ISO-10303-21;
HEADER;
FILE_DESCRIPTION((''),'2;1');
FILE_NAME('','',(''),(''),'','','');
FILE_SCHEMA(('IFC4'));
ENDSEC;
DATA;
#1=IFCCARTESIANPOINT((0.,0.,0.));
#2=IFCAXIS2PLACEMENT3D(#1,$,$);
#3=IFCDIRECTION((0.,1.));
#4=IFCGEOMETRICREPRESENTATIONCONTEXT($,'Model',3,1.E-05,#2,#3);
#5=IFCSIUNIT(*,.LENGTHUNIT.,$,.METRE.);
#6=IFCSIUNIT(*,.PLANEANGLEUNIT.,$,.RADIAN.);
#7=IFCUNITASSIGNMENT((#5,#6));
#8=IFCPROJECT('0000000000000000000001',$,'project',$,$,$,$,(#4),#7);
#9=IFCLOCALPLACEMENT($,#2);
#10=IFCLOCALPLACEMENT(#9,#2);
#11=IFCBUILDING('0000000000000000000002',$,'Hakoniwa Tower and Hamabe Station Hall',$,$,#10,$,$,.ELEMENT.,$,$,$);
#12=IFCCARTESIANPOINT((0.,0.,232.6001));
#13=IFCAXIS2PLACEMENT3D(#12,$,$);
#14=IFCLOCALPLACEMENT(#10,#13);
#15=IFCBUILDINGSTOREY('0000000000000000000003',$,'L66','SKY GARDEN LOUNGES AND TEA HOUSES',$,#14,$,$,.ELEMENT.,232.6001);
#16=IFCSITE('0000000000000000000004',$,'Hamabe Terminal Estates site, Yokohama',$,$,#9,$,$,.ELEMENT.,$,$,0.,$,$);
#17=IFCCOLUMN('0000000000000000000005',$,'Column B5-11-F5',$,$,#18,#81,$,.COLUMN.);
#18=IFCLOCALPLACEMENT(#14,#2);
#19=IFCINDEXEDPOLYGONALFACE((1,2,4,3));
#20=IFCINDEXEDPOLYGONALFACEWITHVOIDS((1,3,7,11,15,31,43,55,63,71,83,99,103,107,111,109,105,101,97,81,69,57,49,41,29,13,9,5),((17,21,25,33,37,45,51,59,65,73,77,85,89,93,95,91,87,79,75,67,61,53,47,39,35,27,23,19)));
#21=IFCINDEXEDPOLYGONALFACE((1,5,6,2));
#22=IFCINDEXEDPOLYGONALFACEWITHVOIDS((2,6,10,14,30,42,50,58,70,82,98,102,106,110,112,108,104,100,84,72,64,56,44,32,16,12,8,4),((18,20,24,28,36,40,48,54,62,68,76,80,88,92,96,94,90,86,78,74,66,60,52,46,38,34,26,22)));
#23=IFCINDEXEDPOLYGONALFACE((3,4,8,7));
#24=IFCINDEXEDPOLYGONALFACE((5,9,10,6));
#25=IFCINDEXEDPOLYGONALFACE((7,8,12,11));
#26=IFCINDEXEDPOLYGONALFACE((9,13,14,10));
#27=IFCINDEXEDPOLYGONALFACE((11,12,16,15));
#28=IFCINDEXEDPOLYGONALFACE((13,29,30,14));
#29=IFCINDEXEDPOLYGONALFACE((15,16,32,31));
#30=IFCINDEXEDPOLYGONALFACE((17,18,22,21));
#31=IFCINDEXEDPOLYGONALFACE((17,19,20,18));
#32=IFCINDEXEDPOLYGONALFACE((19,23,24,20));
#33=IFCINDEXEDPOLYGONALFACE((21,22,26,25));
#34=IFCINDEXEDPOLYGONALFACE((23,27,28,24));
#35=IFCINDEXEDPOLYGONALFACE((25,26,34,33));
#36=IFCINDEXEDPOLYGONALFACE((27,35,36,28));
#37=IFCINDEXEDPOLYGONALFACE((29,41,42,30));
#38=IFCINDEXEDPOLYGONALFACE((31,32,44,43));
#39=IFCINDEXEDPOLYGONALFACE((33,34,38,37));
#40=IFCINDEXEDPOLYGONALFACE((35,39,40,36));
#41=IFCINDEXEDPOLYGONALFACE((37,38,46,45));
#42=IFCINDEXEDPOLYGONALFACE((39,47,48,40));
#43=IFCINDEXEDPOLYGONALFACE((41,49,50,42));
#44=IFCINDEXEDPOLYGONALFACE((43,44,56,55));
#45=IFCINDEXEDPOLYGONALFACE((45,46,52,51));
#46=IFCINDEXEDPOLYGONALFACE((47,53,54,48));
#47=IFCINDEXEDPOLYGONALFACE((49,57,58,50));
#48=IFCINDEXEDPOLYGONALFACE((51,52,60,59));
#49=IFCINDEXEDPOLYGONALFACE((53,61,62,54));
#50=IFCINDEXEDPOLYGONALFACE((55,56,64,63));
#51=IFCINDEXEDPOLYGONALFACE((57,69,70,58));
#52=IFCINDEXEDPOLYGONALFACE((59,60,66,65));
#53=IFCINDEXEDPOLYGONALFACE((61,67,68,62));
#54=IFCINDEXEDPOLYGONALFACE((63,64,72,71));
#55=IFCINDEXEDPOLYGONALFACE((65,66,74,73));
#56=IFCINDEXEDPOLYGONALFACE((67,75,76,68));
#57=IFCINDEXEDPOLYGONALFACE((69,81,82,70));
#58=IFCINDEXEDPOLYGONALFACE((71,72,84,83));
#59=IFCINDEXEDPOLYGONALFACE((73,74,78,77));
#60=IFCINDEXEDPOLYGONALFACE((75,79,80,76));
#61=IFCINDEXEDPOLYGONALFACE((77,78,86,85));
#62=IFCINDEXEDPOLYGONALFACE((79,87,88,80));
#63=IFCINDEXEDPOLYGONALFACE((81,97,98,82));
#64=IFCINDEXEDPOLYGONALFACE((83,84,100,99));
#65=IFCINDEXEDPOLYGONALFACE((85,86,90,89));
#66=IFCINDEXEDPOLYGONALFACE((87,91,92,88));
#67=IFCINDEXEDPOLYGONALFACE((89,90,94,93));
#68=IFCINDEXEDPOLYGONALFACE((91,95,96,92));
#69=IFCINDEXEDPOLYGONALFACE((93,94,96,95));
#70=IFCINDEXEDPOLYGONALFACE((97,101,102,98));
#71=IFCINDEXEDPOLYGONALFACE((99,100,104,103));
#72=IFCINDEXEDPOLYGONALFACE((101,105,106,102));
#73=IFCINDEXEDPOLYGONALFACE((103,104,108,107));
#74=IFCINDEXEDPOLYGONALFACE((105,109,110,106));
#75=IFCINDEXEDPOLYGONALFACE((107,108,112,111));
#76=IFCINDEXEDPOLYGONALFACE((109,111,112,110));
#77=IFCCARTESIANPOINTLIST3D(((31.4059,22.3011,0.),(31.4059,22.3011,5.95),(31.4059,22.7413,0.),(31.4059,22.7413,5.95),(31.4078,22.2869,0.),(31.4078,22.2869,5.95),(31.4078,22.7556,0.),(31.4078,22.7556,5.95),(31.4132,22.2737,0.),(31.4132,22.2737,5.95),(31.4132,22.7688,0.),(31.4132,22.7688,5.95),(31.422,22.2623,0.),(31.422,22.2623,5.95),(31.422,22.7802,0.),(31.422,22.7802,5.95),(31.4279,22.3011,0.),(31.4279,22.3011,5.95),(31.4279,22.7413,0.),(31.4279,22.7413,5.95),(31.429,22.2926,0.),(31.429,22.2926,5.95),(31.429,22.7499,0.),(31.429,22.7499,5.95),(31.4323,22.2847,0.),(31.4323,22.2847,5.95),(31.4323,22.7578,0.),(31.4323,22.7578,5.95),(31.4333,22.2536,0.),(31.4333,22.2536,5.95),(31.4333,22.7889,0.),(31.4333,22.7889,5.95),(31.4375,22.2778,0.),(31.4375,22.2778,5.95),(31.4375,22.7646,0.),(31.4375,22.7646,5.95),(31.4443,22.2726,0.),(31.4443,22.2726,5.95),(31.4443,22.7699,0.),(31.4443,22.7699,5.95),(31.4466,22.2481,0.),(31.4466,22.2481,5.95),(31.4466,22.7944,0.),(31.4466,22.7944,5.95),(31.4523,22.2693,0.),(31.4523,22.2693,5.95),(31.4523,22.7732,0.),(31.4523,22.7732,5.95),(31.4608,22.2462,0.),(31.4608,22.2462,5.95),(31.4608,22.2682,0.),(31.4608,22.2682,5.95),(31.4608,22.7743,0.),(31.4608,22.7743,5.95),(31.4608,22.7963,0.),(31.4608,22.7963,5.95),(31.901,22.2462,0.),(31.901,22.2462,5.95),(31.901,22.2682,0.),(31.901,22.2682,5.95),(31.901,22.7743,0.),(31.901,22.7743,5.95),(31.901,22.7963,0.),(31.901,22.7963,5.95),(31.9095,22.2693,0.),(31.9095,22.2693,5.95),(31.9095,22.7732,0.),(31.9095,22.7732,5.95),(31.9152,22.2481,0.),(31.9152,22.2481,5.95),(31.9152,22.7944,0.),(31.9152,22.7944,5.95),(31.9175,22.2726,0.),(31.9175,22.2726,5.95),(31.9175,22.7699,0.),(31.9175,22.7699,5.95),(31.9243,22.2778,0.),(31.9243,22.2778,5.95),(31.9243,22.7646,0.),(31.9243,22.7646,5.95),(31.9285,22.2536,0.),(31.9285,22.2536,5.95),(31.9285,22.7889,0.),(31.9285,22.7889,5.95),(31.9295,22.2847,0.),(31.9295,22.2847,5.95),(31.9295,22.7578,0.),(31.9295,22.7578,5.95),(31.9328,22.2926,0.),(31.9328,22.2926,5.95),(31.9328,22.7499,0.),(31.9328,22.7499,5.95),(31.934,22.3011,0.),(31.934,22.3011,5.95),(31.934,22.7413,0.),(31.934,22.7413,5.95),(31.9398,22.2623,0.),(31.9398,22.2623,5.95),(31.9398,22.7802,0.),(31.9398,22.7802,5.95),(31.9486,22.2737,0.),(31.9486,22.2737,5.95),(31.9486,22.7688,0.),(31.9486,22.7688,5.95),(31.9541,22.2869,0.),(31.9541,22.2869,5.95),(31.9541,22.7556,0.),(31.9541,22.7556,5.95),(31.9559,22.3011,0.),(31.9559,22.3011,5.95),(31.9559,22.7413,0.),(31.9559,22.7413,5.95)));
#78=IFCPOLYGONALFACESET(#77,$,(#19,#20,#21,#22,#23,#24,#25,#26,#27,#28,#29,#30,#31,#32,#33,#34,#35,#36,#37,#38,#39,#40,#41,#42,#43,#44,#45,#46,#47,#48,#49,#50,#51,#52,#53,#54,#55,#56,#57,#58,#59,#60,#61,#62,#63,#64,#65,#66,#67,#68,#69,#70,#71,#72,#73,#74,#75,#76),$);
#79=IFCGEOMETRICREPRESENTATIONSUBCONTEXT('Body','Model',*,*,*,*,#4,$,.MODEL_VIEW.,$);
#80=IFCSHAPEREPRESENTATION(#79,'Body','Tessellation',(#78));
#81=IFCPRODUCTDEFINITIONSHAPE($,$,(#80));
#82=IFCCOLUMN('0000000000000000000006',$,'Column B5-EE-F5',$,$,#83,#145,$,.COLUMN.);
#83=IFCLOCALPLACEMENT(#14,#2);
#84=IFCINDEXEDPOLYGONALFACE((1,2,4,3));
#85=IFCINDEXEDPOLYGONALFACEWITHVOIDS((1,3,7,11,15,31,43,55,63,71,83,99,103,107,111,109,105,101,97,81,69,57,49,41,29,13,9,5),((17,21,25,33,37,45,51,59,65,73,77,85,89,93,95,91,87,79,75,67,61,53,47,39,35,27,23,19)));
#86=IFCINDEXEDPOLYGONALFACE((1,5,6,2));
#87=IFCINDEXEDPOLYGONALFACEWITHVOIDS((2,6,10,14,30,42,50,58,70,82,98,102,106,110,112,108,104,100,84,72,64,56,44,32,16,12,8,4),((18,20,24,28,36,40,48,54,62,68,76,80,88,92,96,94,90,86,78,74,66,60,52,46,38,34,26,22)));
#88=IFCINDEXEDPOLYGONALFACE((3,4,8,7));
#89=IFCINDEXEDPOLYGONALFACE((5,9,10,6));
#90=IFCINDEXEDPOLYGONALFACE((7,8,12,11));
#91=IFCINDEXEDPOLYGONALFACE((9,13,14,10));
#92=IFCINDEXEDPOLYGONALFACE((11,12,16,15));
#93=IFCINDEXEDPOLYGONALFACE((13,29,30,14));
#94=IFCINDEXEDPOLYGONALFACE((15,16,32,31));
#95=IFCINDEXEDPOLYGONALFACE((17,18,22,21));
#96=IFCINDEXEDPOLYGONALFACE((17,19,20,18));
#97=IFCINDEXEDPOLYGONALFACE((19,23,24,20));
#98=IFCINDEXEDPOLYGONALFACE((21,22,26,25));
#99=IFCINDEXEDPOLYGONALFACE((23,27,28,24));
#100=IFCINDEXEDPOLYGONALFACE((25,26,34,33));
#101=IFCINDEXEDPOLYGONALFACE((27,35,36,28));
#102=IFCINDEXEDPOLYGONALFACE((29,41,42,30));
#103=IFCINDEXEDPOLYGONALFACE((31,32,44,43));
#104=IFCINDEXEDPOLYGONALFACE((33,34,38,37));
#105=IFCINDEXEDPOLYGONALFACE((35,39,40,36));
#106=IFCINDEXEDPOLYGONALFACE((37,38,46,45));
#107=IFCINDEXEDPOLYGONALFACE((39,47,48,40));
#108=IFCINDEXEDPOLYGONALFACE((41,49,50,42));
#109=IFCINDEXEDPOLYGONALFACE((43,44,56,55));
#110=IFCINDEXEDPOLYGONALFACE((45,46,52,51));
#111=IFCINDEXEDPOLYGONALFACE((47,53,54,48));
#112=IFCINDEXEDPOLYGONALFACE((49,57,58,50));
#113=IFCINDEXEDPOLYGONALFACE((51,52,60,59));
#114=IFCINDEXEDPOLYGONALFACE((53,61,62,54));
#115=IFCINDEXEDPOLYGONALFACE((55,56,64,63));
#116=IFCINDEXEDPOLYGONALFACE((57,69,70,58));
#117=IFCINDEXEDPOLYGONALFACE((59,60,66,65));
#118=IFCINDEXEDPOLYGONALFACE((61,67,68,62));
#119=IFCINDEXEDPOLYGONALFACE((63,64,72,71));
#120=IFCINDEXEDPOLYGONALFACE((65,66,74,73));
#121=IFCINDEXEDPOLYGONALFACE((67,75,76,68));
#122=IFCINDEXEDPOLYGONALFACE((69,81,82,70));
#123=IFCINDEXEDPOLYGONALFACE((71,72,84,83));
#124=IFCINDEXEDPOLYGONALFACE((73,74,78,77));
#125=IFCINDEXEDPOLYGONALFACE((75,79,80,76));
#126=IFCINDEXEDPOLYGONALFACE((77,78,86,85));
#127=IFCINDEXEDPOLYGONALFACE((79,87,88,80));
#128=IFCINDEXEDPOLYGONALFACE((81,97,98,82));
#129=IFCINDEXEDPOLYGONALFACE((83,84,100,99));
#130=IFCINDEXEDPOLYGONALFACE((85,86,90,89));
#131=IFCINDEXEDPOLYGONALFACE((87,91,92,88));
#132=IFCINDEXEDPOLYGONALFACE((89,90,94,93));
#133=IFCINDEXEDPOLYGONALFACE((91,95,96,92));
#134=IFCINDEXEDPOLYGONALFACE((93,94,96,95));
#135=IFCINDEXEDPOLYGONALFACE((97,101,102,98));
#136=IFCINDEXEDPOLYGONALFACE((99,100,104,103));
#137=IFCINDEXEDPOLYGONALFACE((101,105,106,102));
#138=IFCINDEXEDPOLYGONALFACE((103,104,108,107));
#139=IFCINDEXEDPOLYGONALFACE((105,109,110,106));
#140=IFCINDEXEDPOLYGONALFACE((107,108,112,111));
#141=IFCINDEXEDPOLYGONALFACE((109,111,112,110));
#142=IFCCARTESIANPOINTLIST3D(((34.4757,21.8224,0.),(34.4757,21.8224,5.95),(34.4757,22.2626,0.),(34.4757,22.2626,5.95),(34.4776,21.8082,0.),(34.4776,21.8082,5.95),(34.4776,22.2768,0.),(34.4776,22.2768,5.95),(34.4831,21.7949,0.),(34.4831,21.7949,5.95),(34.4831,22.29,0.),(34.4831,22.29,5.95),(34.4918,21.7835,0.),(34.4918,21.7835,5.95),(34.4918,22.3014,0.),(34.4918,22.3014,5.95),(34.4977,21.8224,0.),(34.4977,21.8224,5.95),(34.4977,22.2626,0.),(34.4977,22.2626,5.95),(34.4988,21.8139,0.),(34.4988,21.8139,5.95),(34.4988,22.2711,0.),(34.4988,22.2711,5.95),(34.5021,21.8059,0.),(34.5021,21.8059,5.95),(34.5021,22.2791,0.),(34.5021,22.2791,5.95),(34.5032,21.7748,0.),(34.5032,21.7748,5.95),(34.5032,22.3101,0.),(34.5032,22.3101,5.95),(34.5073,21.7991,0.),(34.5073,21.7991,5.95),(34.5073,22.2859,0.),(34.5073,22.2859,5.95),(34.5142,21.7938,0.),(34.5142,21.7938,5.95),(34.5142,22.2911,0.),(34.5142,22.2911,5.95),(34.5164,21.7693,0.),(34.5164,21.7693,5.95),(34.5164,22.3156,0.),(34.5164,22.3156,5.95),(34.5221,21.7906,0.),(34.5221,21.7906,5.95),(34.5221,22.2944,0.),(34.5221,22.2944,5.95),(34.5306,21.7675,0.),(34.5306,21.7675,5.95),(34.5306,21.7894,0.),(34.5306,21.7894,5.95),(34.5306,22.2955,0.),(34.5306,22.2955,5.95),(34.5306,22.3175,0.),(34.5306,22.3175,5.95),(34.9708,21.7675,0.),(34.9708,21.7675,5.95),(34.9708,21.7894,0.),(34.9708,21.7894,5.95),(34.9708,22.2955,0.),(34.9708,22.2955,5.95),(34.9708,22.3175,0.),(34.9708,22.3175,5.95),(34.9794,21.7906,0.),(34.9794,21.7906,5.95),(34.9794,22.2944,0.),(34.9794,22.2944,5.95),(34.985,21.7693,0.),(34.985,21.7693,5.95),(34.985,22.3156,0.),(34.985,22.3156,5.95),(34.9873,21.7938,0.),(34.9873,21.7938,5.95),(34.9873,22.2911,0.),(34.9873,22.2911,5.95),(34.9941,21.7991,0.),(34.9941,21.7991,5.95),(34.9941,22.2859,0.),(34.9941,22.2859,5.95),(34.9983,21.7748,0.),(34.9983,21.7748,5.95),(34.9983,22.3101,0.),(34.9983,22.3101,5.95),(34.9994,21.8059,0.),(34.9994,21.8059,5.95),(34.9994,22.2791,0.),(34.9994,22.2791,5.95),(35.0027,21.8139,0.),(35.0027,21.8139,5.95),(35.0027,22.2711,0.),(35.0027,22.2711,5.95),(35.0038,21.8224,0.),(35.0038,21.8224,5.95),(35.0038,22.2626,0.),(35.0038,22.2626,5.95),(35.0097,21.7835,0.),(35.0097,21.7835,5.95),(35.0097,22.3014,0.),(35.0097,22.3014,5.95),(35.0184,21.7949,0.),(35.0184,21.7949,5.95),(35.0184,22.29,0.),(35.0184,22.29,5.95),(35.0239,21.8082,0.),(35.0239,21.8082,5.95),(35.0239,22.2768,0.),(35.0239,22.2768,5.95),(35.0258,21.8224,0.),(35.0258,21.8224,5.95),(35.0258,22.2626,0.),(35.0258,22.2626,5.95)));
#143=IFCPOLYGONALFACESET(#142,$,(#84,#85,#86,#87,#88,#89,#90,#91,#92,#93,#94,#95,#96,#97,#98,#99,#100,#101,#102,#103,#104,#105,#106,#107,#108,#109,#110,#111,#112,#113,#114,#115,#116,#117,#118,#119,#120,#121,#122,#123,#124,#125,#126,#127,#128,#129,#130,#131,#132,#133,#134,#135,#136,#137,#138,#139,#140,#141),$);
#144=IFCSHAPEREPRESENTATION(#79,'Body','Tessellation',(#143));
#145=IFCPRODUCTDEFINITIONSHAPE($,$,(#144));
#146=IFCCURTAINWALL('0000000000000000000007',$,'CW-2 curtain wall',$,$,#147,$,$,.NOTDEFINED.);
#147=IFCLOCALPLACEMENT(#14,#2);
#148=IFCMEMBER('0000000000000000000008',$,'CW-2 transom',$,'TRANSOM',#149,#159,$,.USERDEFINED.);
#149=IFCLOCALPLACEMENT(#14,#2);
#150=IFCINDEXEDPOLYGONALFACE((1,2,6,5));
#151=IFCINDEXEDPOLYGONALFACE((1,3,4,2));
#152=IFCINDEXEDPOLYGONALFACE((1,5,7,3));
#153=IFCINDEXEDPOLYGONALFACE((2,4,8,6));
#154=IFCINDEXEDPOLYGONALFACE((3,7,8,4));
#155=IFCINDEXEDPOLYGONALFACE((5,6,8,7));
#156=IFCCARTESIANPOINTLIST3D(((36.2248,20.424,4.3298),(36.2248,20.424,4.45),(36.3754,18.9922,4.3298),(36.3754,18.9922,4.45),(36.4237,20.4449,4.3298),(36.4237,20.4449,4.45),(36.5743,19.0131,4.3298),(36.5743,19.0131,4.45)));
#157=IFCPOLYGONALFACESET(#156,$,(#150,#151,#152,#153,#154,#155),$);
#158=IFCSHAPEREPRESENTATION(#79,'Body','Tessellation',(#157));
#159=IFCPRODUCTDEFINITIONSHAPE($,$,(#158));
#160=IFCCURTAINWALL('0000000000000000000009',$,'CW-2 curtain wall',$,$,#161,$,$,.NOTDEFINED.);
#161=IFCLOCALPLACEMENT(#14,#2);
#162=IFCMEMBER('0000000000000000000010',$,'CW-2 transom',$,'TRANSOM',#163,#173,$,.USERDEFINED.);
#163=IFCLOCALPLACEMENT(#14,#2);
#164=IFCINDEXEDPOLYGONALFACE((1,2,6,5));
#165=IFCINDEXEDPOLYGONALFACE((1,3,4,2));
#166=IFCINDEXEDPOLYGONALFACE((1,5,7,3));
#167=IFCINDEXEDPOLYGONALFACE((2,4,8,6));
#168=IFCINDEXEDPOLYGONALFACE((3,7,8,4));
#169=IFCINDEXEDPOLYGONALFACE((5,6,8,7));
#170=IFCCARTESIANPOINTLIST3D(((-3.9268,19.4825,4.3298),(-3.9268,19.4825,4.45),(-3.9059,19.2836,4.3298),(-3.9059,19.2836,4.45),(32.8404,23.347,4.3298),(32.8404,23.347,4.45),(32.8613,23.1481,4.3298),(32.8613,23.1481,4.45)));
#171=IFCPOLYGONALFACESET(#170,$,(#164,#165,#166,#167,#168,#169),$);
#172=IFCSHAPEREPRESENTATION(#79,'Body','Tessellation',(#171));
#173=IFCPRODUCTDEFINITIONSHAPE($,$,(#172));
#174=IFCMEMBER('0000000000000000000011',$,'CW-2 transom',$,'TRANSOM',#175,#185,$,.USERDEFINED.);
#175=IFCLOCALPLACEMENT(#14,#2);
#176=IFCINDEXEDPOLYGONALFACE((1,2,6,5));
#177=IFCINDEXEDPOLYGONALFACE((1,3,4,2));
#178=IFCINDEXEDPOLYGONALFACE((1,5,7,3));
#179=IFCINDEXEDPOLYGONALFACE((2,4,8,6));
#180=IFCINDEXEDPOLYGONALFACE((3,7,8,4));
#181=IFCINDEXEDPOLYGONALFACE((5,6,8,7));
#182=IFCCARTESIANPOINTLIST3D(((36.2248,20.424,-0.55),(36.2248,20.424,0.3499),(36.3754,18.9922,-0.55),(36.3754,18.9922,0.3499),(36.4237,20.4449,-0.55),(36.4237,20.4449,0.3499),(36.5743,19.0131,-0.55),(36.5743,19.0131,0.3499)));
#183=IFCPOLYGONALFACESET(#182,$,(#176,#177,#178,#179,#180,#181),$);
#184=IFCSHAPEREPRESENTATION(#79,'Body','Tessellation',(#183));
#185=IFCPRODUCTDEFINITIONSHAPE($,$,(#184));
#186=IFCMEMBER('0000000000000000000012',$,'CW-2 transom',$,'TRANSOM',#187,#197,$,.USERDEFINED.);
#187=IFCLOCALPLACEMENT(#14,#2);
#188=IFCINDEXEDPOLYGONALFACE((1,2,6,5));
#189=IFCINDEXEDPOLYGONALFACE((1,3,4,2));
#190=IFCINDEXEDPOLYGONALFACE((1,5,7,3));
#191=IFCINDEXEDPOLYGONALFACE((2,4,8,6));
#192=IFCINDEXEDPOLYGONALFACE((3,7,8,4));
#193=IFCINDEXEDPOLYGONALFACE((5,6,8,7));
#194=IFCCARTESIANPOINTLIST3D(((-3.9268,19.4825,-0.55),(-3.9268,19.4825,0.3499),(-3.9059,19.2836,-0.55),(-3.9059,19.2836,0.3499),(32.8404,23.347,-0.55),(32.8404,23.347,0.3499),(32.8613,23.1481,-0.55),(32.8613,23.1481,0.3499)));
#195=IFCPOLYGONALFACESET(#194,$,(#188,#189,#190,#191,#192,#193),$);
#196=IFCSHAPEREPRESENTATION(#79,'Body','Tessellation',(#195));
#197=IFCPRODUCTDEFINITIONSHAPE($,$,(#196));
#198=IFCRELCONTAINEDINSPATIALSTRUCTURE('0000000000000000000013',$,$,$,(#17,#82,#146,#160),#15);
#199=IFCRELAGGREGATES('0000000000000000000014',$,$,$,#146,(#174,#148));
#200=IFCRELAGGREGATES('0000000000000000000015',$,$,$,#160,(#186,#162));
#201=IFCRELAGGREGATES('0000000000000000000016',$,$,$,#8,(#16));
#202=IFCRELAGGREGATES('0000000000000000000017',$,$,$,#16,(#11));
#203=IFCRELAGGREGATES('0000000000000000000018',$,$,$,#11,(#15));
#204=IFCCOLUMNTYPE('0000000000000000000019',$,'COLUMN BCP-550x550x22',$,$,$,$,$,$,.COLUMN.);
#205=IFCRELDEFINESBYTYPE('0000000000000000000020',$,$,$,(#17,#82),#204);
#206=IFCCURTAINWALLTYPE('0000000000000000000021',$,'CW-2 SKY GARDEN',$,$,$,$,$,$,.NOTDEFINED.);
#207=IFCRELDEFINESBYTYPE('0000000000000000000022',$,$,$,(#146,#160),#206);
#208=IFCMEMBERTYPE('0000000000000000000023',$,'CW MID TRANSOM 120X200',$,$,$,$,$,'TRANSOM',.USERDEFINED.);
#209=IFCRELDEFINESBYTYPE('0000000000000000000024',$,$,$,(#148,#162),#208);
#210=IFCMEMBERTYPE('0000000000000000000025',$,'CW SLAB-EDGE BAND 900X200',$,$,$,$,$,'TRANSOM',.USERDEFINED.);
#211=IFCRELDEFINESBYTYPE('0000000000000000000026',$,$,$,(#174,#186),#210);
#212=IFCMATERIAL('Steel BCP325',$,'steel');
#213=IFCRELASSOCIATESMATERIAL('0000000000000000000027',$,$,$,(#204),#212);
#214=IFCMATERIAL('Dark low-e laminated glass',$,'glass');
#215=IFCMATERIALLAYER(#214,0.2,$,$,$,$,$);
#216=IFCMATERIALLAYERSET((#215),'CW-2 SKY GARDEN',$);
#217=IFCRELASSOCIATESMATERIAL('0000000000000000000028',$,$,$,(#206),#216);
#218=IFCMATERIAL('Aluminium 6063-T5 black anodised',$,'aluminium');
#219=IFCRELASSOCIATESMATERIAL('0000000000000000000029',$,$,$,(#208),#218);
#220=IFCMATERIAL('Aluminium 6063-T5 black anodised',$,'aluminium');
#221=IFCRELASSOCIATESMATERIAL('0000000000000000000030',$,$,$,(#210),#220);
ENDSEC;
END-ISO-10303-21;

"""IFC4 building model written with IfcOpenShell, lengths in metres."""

from ifc_helpers import new_model, si_unit, direction, frame, origin, origin_2d, place, context, subcontext, project, spatial, rectangle, hollow_rectangle, extrude, material, layer, layer_set, material_profile, profile_set, type_object, element, aggregate, save


model = new_model("IFC4")

# Units and contexts
model_context = context("Model", 3, precision=1e-05, world=origin(), true_north=direction((0.0, 1.0)))
body_context = subcontext(model_context, "Body", "Model", "MODEL_VIEW")
ifc_project = project(units=[si_unit("LENGTHUNIT", "METRE"), si_unit("PLANEANGLEUNIT", "RADIAN")], contexts=[model_context])

# Site, building, storey
site_placement = place(None, origin())
site = spatial("IfcSite", under=ifc_project, at=site_placement, Name="Hamabe Terminal Estates site, Yokohama", CompositionType="ELEMENT", RefElevation=0.0)
building_placement = place(site_placement, origin())
building = spatial("IfcBuilding", under=site, at=building_placement, Name="Hakoniwa Tower and Hamabe Station Hall", CompositionType="ELEMENT")
storey_placement = place(building_placement, frame((0.0, 0.0, 232.6001)))
storey = spatial("IfcBuildingStorey", under=building, at=storey_placement, Name="L66", Description="SKY GARDEN LOUNGES AND TEA HOUSES", CompositionType="ELEMENT", Elevation=232.6001)

# Columns
ifc_material_1 = material(Name="Steel BCP325", Category="steel")
ifc_material_profile_1 = material_profile(ifc_material_1, hollow_rectangle(XDim=0.55, YDim=0.55, WallThickness=0.022, InnerFilletRadius=0.033, OuterFilletRadius=0.0549, at=origin_2d()), Name="BCP-550x550x22")
ifc_profile_set_1 = profile_set([ifc_material_profile_1], Name="Steel BCP325")
column_type = type_object("IfcColumnType", Name="COLUMN BCP-550x550x22", PredefinedType="COLUMN", material=ifc_profile_set_1)
for number, where, z_axis, x_axis, name in (
    (1, (31.6809, 22.5212, 0.0), (0.0, 0.0, 1.0), (1.0, 0.0, 0.0), "Column B5-11-F5"),
    (2, (34.7507, 22.0425, 0.0), (0.0, 0.0, 1.0), (1.0, 0.0, 0.0), "Column B5-EE-F5"),
):
    element("IfcColumn", number, at=place(storey_placement, frame(where, z_axis=z_axis, x_axis=x_axis)), inside=storey, type_object=column_type, Name=name, PredefinedType="COLUMN", context=body_context, shape_type="SweptSolid", body=[
        extrude(hollow_rectangle(XDim=0.55, YDim=0.55, WallThickness=0.022, InnerFilletRadius=0.033, OuterFilletRadius=0.0549, at=origin_2d()), origin(), (0.0, 0.0, 1.0), 5.95),
    ])

# Curtain walls, members
ifc_material_2 = material(Name="Dark low-e laminated glass", Category="glass")
ifc_layer_1 = layer(ifc_material_2, 0.2)
ifc_layer_set_1 = layer_set([ifc_layer_1], Name="CW-2 SKY GARDEN")
curtain_wall_type = type_object("IfcCurtainWallType", Name="CW-2 SKY GARDEN", PredefinedType="NOTDEFINED", material=ifc_layer_set_1)
curtain_wall_1_placement = place(storey_placement, origin())
curtain_wall_1 = element("IfcCurtainWall", 3, at=curtain_wall_1_placement, inside=storey, type_object=curtain_wall_type, Name="CW-2 curtain wall", PredefinedType="NOTDEFINED")
ifc_material_3 = material(Name="Aluminium 6063-T5 black anodised", Category="aluminium")
ifc_material_profile_2 = material_profile(ifc_material_3, rectangle(XDim=0.2, YDim=0.1201, at=origin_2d()), Name="CW MID TRANSOM 120X200")
ifc_profile_set_2 = profile_set([ifc_material_profile_2], Name="Aluminium 6063-T5 black anodised")
member_type_1 = type_object("IfcMemberType", Name="CW MID TRANSOM 120X200", ElementType="TRANSOM", PredefinedType="USERDEFINED", material=ifc_profile_set_2)
member_1_placement = place(storey_placement, frame((36.4749, 19.0027, 4.3899), z_axis=(-0.104623, 0.994512, 0.0), x_axis=(-0.994512, -0.104623, 0.0)))
member_1 = element("IfcMember", 4, at=member_1_placement, type_object=member_type_1, Name="CW-2 transom", ObjectType="TRANSOM", PredefinedType="USERDEFINED", context=body_context, shape_type="SweptSolid", body=[
    extrude(rectangle(XDim=0.2, YDim=0.1201, at=origin_2d()), origin(), (0.0, 0.0, 1.0), 1.4397),
])
curtain_wall_2_placement = place(storey_placement, origin())
curtain_wall_2 = element("IfcCurtainWall", 5, at=curtain_wall_2_placement, inside=storey, type_object=curtain_wall_type, Name="CW-2 curtain wall", PredefinedType="NOTDEFINED")
member_2_placement = place(storey_placement, frame((32.8508, 23.2476, 4.3899), z_axis=(-0.994522, -0.104532, 0.0), x_axis=(0.104532, -0.994522, 0.0)))
member_2 = element("IfcMember", 6, at=member_2_placement, type_object=member_type_1, Name="CW-2 transom", ObjectType="TRANSOM", PredefinedType="USERDEFINED", context=body_context, shape_type="SweptSolid", body=[
    extrude(rectangle(XDim=0.2, YDim=0.1201, at=origin_2d()), origin(), (0.0, 0.0, 1.0), 36.9697),
])

# Members
ifc_material_4 = material(Name="Aluminium 6063-T5 black anodised", Category="aluminium")
ifc_material_profile_3 = material_profile(ifc_material_4, rectangle(XDim=0.2, YDim=0.8999, at=origin_2d()), Name="CW SLAB-EDGE BAND 900X200")
ifc_profile_set_3 = profile_set([ifc_material_profile_3], Name="Aluminium 6063-T5 black anodised")
member_type_2 = type_object("IfcMemberType", Name="CW SLAB-EDGE BAND 900X200", ElementType="TRANSOM", PredefinedType="USERDEFINED", material=ifc_profile_set_3)
member_3_placement = place(storey_placement, frame((36.4749, 19.0027, -0.1001), z_axis=(-0.104623, 0.994512, 0.0), x_axis=(-0.994512, -0.104623, 0.0)))
member_3 = element("IfcMember", 7, at=member_3_placement, type_object=member_type_2, Name="CW-2 transom", ObjectType="TRANSOM", PredefinedType="USERDEFINED", context=body_context, shape_type="SweptSolid", body=[
    extrude(rectangle(XDim=0.2, YDim=0.8999, at=origin_2d()), origin(), (0.0, 0.0, 1.0), 1.4397),
])
member_4_placement = place(storey_placement, frame((32.8508, 23.2476, -0.1001), z_axis=(-0.994522, -0.104532, 0.0), x_axis=(0.104532, -0.994522, 0.0)))
member_4 = element("IfcMember", 8, at=member_4_placement, type_object=member_type_2, Name="CW-2 transom", ObjectType="TRANSOM", PredefinedType="USERDEFINED", context=body_context, shape_type="SweptSolid", body=[
    extrude(rectangle(XDim=0.2, YDim=0.8999, at=origin_2d()), origin(), (0.0, 0.0, 1.0), 36.9697),
])

aggregate(curtain_wall_1, [member_3, member_1])

aggregate(curtain_wall_2, [member_4, member_2])

save(model, "model.ifc")
